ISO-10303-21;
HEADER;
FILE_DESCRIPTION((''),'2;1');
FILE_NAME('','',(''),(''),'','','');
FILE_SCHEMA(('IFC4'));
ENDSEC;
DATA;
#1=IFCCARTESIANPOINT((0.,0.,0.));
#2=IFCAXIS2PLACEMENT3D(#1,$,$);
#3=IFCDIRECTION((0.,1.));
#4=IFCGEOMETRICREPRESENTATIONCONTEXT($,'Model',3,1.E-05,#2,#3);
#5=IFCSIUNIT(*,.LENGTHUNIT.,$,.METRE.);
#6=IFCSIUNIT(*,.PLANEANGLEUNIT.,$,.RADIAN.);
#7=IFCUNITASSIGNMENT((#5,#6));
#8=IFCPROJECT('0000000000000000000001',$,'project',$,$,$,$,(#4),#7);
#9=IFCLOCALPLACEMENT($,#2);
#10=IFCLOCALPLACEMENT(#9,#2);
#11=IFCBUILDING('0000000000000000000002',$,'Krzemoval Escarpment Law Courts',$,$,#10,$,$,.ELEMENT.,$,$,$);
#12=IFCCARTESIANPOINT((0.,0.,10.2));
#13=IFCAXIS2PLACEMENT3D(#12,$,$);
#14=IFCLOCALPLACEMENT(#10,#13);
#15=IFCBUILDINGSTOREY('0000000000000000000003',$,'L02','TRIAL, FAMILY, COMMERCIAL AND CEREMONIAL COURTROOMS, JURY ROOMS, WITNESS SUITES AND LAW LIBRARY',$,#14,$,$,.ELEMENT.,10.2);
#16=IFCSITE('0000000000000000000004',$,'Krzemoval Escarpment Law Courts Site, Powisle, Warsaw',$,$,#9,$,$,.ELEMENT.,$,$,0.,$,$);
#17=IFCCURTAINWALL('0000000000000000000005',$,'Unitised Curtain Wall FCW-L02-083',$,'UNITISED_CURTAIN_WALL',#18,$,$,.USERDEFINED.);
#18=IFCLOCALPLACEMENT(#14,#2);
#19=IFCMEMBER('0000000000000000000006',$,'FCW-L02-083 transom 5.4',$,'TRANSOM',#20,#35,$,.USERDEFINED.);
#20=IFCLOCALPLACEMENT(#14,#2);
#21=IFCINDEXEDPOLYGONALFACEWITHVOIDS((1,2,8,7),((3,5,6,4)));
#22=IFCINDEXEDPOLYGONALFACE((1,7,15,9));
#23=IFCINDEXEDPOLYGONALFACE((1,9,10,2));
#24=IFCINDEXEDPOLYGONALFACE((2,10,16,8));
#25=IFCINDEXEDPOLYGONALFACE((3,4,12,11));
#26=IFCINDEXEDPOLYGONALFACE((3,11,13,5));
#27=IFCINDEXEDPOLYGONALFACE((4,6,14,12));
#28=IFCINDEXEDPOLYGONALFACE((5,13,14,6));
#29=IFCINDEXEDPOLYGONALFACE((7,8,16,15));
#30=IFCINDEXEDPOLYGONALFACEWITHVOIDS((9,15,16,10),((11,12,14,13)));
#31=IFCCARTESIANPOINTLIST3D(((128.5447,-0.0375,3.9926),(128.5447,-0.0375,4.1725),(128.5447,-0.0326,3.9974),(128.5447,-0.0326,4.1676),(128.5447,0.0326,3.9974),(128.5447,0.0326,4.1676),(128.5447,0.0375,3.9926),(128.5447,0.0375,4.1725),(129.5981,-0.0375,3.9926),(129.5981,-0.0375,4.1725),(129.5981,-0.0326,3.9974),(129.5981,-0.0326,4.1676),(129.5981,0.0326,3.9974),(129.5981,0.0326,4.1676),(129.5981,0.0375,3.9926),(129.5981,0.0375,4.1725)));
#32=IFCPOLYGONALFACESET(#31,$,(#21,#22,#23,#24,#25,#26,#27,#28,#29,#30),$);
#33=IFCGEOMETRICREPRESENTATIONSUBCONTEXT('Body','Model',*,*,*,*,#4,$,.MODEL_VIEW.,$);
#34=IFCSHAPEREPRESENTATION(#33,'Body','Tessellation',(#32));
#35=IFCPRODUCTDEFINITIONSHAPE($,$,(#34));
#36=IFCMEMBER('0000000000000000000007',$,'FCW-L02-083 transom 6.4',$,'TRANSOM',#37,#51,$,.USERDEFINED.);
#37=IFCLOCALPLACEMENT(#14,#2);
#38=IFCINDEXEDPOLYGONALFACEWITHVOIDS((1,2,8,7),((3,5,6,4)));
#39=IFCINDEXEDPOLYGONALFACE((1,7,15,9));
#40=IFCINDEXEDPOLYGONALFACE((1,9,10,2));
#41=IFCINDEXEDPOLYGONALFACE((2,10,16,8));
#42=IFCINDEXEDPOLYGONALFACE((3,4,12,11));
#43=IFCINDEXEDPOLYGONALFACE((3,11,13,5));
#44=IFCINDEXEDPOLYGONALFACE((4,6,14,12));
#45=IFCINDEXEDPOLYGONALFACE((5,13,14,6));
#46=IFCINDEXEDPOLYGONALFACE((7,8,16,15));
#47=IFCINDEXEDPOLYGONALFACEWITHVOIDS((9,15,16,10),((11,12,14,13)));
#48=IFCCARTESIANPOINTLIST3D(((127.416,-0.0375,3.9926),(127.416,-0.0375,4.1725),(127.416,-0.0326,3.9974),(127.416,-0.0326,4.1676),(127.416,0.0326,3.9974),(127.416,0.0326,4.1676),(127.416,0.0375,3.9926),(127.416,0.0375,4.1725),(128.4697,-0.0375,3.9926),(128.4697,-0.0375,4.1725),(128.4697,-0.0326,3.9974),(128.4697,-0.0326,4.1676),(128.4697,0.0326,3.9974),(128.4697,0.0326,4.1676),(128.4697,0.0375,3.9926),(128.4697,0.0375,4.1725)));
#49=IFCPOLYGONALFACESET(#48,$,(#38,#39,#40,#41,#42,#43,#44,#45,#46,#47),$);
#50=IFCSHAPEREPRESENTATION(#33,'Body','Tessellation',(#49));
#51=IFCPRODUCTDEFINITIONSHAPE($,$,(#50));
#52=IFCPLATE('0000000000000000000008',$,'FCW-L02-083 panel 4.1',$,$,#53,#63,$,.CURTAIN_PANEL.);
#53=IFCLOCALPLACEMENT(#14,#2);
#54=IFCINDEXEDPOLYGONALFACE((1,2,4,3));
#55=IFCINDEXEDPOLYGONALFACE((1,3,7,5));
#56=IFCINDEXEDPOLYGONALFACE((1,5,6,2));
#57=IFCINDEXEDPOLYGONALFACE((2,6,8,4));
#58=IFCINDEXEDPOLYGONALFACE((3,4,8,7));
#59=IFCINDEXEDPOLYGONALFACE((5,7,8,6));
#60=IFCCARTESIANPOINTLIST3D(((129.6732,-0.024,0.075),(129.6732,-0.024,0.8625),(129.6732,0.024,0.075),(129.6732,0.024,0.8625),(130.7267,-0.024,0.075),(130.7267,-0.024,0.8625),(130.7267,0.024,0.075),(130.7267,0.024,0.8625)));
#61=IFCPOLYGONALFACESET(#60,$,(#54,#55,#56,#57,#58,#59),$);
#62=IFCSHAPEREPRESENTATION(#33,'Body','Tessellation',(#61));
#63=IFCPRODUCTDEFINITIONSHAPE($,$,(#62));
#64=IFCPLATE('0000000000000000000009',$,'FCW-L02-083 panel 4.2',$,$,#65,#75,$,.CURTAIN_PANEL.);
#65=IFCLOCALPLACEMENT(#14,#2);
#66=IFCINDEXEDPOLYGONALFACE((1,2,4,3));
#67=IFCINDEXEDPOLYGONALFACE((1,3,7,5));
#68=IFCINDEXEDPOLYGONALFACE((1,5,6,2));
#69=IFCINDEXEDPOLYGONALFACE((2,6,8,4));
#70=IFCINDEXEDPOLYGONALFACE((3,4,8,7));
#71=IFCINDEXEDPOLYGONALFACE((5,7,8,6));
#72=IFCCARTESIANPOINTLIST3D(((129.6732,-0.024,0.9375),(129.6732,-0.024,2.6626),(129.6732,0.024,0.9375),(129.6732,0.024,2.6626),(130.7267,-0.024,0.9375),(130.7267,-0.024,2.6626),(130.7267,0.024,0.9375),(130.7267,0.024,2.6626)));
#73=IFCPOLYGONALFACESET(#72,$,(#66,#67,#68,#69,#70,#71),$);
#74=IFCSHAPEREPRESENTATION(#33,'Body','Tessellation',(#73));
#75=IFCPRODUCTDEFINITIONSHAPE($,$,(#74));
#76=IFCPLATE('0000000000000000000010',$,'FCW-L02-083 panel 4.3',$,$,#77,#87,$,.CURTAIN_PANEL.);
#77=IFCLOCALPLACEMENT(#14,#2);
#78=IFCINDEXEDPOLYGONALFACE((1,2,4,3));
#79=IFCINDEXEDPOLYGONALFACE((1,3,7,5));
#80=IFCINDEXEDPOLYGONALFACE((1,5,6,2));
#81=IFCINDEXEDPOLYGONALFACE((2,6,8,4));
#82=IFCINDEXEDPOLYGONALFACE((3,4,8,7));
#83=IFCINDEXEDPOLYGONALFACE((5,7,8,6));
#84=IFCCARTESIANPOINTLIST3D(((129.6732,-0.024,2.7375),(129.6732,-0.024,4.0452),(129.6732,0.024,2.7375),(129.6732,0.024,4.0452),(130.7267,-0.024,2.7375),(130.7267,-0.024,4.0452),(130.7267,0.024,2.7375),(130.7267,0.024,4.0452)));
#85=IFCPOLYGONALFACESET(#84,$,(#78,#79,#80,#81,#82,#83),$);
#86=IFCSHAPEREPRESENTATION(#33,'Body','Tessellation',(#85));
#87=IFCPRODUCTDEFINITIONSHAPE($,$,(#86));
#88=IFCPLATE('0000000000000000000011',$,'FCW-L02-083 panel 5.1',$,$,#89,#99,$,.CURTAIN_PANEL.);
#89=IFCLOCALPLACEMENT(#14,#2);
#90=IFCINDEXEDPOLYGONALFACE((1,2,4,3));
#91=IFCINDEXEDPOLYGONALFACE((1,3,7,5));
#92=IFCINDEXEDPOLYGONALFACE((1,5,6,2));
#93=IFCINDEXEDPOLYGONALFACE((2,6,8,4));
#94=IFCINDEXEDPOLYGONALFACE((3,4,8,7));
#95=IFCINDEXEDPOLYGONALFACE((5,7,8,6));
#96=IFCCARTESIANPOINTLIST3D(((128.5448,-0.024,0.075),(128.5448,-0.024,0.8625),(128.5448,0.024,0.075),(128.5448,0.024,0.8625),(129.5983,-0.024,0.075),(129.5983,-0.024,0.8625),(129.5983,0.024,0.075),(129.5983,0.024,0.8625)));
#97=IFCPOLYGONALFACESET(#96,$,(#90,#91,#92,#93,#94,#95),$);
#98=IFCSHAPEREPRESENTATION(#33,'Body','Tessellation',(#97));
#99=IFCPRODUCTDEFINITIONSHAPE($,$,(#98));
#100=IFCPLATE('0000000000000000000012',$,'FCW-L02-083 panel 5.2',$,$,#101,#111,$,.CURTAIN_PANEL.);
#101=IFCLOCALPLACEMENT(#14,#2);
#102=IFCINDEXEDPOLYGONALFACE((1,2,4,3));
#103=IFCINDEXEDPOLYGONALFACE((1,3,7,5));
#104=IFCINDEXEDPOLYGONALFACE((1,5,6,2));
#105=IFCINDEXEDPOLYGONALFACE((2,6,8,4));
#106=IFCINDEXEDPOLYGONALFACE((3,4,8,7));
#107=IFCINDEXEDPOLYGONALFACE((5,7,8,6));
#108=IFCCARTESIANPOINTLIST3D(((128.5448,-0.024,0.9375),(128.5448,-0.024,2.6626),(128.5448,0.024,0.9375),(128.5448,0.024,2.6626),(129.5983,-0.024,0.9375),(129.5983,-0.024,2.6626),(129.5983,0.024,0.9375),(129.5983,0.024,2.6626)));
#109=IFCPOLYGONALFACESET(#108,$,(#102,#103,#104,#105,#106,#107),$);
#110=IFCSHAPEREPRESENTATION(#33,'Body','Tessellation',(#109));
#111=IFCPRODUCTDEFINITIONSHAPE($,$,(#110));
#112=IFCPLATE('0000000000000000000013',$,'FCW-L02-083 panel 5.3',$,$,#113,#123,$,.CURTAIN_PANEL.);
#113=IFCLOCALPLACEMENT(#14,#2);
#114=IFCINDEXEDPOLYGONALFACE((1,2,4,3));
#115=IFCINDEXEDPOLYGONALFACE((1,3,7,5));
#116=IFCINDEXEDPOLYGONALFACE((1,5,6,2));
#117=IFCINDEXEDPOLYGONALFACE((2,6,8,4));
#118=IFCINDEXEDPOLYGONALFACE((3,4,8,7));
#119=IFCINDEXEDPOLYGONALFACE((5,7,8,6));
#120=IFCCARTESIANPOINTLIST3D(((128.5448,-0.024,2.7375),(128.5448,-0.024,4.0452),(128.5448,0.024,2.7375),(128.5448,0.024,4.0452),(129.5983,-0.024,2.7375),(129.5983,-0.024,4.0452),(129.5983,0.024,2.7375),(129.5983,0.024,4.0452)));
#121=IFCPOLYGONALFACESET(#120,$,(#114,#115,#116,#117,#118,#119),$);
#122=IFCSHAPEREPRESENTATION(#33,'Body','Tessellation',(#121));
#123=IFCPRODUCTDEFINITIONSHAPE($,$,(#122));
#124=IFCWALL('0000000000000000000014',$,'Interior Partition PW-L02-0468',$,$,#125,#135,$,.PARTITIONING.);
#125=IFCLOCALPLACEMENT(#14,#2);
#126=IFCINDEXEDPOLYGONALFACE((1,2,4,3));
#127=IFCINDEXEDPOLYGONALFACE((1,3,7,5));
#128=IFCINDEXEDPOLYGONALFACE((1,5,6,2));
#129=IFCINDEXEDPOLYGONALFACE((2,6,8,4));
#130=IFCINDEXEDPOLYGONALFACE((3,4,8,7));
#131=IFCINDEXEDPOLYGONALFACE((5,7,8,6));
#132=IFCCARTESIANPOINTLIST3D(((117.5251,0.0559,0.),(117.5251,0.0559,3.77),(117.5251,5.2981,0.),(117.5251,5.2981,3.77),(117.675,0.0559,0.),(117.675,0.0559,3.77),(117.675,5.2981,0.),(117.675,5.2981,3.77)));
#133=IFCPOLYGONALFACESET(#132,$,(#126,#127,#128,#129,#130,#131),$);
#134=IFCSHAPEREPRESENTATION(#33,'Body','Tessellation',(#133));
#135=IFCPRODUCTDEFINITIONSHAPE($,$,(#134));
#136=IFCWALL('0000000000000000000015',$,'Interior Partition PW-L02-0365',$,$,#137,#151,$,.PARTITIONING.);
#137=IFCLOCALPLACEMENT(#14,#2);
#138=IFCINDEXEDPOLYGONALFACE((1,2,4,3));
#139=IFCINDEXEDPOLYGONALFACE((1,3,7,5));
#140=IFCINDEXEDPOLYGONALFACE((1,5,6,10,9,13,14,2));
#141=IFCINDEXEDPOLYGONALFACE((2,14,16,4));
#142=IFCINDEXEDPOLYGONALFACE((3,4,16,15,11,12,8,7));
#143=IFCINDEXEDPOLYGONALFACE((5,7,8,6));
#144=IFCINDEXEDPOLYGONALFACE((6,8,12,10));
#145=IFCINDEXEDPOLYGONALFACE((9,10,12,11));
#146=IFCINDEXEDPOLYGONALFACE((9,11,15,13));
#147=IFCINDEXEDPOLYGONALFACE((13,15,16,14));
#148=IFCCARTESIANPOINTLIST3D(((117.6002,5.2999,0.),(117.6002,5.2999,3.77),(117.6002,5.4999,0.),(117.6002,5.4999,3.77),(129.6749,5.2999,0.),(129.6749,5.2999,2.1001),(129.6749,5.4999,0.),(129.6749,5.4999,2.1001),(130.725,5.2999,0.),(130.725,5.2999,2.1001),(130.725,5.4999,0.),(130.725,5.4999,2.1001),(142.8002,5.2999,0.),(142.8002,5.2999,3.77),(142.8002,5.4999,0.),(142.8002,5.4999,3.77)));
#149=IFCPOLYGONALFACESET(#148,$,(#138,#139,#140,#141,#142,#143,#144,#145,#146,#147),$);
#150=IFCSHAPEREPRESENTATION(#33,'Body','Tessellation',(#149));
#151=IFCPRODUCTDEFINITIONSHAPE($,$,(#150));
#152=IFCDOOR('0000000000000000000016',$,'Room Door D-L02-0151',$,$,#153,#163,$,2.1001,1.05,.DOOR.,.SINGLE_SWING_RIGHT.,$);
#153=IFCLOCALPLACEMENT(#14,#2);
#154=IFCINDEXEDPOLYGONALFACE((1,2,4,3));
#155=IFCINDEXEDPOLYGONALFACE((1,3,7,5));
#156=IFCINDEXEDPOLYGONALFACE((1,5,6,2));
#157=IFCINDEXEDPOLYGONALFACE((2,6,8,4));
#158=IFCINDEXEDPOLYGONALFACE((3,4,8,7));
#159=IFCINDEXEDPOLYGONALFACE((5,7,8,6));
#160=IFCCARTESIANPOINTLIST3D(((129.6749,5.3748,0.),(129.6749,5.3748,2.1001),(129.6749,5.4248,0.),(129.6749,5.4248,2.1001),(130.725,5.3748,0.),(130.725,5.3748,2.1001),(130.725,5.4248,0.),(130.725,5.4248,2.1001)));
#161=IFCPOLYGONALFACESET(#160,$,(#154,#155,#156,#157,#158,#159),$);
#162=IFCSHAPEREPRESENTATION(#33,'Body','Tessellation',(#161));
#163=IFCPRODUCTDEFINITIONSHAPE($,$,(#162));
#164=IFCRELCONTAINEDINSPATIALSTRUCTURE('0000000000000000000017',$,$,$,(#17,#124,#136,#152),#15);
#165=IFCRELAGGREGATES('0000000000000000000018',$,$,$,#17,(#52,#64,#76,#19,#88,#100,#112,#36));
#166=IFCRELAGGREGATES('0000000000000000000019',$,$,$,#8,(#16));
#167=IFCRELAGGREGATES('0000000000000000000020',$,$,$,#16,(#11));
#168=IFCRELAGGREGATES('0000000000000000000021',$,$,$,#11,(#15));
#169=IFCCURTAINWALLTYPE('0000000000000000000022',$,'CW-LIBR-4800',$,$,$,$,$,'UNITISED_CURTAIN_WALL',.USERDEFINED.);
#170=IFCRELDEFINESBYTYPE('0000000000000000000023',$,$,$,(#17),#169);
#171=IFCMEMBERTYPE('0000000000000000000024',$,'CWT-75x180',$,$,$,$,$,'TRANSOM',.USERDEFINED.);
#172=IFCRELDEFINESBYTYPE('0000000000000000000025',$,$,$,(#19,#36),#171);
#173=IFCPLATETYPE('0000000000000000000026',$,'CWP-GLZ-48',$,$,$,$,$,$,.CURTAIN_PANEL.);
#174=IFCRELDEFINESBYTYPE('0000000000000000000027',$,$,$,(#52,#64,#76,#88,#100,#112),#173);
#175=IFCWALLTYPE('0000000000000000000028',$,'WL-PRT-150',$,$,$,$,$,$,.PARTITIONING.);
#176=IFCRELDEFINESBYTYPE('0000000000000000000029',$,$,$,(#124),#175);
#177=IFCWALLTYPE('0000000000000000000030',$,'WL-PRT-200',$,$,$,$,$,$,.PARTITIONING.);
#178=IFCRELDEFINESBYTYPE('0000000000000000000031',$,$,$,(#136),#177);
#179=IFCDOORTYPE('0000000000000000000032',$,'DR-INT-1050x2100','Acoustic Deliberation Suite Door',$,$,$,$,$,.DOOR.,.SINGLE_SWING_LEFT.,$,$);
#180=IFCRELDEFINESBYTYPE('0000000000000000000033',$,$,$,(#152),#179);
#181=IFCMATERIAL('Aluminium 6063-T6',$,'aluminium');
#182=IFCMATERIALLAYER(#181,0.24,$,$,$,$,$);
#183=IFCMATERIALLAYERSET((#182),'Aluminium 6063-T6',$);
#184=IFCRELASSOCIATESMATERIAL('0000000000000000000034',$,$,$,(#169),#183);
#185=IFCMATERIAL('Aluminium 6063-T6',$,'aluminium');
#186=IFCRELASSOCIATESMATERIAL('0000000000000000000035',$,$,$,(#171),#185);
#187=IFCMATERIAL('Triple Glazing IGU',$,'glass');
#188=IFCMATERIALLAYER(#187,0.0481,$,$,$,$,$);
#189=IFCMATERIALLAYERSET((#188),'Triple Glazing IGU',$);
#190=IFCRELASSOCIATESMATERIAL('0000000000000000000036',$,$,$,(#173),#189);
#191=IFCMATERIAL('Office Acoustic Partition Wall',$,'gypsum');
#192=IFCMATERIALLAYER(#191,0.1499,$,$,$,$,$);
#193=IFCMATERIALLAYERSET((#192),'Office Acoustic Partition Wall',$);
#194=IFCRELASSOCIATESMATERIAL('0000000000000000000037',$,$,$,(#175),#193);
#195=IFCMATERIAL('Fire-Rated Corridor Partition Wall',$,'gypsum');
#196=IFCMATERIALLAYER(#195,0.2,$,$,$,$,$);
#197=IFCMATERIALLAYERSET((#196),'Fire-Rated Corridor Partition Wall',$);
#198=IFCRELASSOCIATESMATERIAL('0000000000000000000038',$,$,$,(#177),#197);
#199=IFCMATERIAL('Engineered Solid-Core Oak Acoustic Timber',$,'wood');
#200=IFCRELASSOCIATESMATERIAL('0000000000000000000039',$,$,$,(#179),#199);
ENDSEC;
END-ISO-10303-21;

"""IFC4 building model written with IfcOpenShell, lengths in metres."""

from ifc_helpers import new_model, si_unit, direction, frame, frame_2d, origin, origin_2d, place, context, subcontext, project, spatial, rectangle, hollow_rectangle, extrude, material, layer, layer_set, material_profile, profile_set, type_object, element, fill, aggregate, save


model = new_model("IFC4")

# Units and contexts
model_context = context("Model", 3, precision=1e-05, world=origin(), true_north=direction((0.0, 1.0)))
body_context = subcontext(model_context, "Body", "Model", "MODEL_VIEW")
ifc_project = project(units=[si_unit("LENGTHUNIT", "METRE"), si_unit("PLANEANGLEUNIT", "RADIAN")], contexts=[model_context])

# Site, building, storey
site_placement = place(None, origin())
site = spatial("IfcSite", under=ifc_project, at=site_placement, Name="Krzemoval Escarpment Law Courts Site, Powisle, Warsaw", CompositionType="ELEMENT", RefElevation=0.0)
building_placement = place(site_placement, origin())
building = spatial("IfcBuilding", under=site, at=building_placement, Name="Krzemoval Escarpment Law Courts", CompositionType="ELEMENT")
storey_placement = place(building_placement, frame((0.0, 0.0, 10.2)))
storey = spatial("IfcBuildingStorey", under=building, at=storey_placement, Name="L02", Description="TRIAL, FAMILY, COMMERCIAL AND CEREMONIAL COURTROOMS, JURY ROOMS, WITNESS SUITES AND LAW LIBRARY", CompositionType="ELEMENT", Elevation=10.2)

# Curtain wall, members, plates
ifc_material_1 = material(Name="Aluminium 6063-T6", Category="aluminium")
ifc_layer_1 = layer(ifc_material_1, 0.24)
ifc_layer_set_1 = layer_set([ifc_layer_1], Name="Aluminium 6063-T6")
curtain_wall_type = type_object("IfcCurtainWallType", Name="CW-LIBR-4800", ElementType="UNITISED_CURTAIN_WALL", PredefinedType="USERDEFINED", material=ifc_layer_set_1)
curtain_wall_placement = place(storey_placement, origin())
curtain_wall = element("IfcCurtainWall", 1, at=curtain_wall_placement, inside=storey, type_object=curtain_wall_type, Name="Unitised Curtain Wall FCW-L02-083", ObjectType="UNITISED_CURTAIN_WALL", PredefinedType="USERDEFINED")
ifc_material_2 = material(Name="Aluminium 6063-T6", Category="aluminium")
ifc_material_profile_1 = material_profile(ifc_material_2, hollow_rectangle(XDim=0.075, YDim=0.1799, WallThickness=0.0049, at=origin_2d()), Name="ALU T75x180")
ifc_profile_set_1 = profile_set([ifc_material_profile_1], Name="Aluminium 6063-T6")
member_type_1 = type_object("IfcMemberType", Name="CWT-75x180", ElementType="TRANSOM", PredefinedType="USERDEFINED", material=ifc_profile_set_1)
member_1_placement = place(storey_placement, frame((129.5981, 0.0, 4.0825), z_axis=(-1.0, 0.0, 0.0), x_axis=(0.0, -1.0, 0.0)))
member_1 = element("IfcMember", 2, at=member_1_placement, type_object=member_type_1, Name="FCW-L02-083 transom 5.4", ObjectType="TRANSOM", PredefinedType="USERDEFINED", context=body_context, shape_type="SweptSolid", body=[
    extrude(hollow_rectangle(XDim=0.075, YDim=0.1799, WallThickness=0.0049, at=origin_2d()), origin(), (0.0, 0.0, 1.0), 1.0535),
])
member_2_placement = place(storey_placement, frame((128.4697, 0.0, 4.0825), z_axis=(-1.0, 0.0, 0.0), x_axis=(0.0, -1.0, 0.0)))
member_2 = element("IfcMember", 3, at=member_2_placement, type_object=member_type_1, Name="FCW-L02-083 transom 6.4", ObjectType="TRANSOM", PredefinedType="USERDEFINED", context=body_context, shape_type="SweptSolid", body=[
    extrude(hollow_rectangle(XDim=0.075, YDim=0.1799, WallThickness=0.0049, at=origin_2d()), origin(), (0.0, 0.0, 1.0), 1.0537),
])
ifc_material_3 = material(Name="Triple Glazing IGU", Category="glass")
ifc_layer_2 = layer(ifc_material_3, 0.0481)
ifc_layer_set_2 = layer_set([ifc_layer_2], Name="Triple Glazing IGU")
plate_type = type_object("IfcPlateType", Name="CWP-GLZ-48", PredefinedType="CURTAIN_PANEL", material=ifc_layer_set_2)
plate_1_placement = place(storey_placement, frame((130.2, 0.0, 0.075), z_axis=(0.0, 0.0, 1.0), x_axis=(-1.0, 0.0, 0.0)))
plate_1 = element("IfcPlate", 4, at=plate_1_placement, type_object=plate_type, Name="FCW-L02-083 panel 4.1", PredefinedType="CURTAIN_PANEL", context=body_context, shape_type="SweptSolid", body=[
    extrude(rectangle(XDim=1.0535, YDim=0.0481, at=origin_2d()), origin(), (0.0, 0.0, 1.0), 0.7876),
])
plate_2_placement = place(storey_placement, frame((130.2, 0.0, 0.9375), z_axis=(0.0, 0.0, 1.0), x_axis=(-1.0, 0.0, 0.0)))
plate_2 = element("IfcPlate", 5, at=plate_2_placement, type_object=plate_type, Name="FCW-L02-083 panel 4.2", PredefinedType="CURTAIN_PANEL", context=body_context, shape_type="SweptSolid", body=[
    extrude(rectangle(XDim=1.0535, YDim=0.0481, at=origin_2d()), origin(), (0.0, 0.0, 1.0), 1.7251),
])
plate_3_placement = place(storey_placement, frame((130.2, 0.0, 2.7375), z_axis=(0.0, 0.0, 1.0), x_axis=(-1.0, 0.0, 0.0)))
plate_3 = element("IfcPlate", 6, at=plate_3_placement, type_object=plate_type, Name="FCW-L02-083 panel 4.3", PredefinedType="CURTAIN_PANEL", context=body_context, shape_type="SweptSolid", body=[
    extrude(rectangle(XDim=1.0535, YDim=0.0481, at=origin_2d()), origin(), (0.0, 0.0, 1.0), 1.3076),
])
plate_4_placement = place(storey_placement, frame((129.0715, 0.0, 0.075), z_axis=(0.0, 0.0, 1.0), x_axis=(-1.0, 0.0, 0.0)))
plate_4 = element("IfcPlate", 7, at=plate_4_placement, type_object=plate_type, Name="FCW-L02-083 panel 5.1", PredefinedType="CURTAIN_PANEL", context=body_context, shape_type="SweptSolid", body=[
    extrude(rectangle(XDim=1.0535, YDim=0.0481, at=origin_2d()), origin(), (0.0, 0.0, 1.0), 0.7876),
])
plate_5_placement = place(storey_placement, frame((129.0715, 0.0, 0.9375), z_axis=(0.0, 0.0, 1.0), x_axis=(-1.0, 0.0, 0.0)))
plate_5 = element("IfcPlate", 8, at=plate_5_placement, type_object=plate_type, Name="FCW-L02-083 panel 5.2", PredefinedType="CURTAIN_PANEL", context=body_context, shape_type="SweptSolid", body=[
    extrude(rectangle(XDim=1.0535, YDim=0.0481, at=origin_2d()), origin(), (0.0, 0.0, 1.0), 1.7251),
])
plate_6_placement = place(storey_placement, frame((129.0715, 0.0, 2.7375), z_axis=(0.0, 0.0, 1.0), x_axis=(-1.0, 0.0, 0.0)))
plate_6 = element("IfcPlate", 9, at=plate_6_placement, type_object=plate_type, Name="FCW-L02-083 panel 5.3", PredefinedType="CURTAIN_PANEL", context=body_context, shape_type="SweptSolid", body=[
    extrude(rectangle(XDim=1.0535, YDim=0.0481, at=origin_2d()), origin(), (0.0, 0.0, 1.0), 1.3076),
])
aggregate(curtain_wall, [plate_1, plate_2, plate_3, member_1, plate_4, plate_5, plate_6, member_2])

# Wall
ifc_material_4 = material(Name="Office Acoustic Partition Wall", Category="gypsum")
ifc_layer_3 = layer(ifc_material_4, 0.1499)
ifc_layer_set_3 = layer_set([ifc_layer_3], Name="Office Acoustic Partition Wall")
wall_type_1 = type_object("IfcWallType", Name="WL-PRT-150", PredefinedType="PARTITIONING", material=ifc_layer_set_3)
wall_1_placement = place(storey_placement, frame((117.6001, 0.0559, 0.0), z_axis=(0.0, 0.0, 1.0), x_axis=(0.0, 1.0, 0.0)))
element("IfcWall", 10, at=wall_1_placement, inside=storey, type_object=wall_type_1, Name="Interior Partition PW-L02-0468", PredefinedType="PARTITIONING", context=body_context, shape_type="SweptSolid", body=[
    extrude(rectangle(XDim=5.2422, YDim=0.1499, at=frame_2d((2.6211, 0.0))), origin(), (0.0, 0.0, 1.0), 3.77),
])

# Wall, opening, door
ifc_material_5 = material(Name="Fire-Rated Corridor Partition Wall", Category="gypsum")
ifc_layer_4 = layer(ifc_material_5, 0.2)
ifc_layer_set_4 = layer_set([ifc_layer_4], Name="Fire-Rated Corridor Partition Wall")
wall_type_2 = type_object("IfcWallType", Name="WL-PRT-200", PredefinedType="PARTITIONING", material=ifc_layer_set_4)
wall_2_placement = place(storey_placement, frame((117.6001, 5.3999, 0.0), z_axis=(0.0, 0.0, 1.0), x_axis=(1.0, 0.0, 0.0)))
wall_2 = element("IfcWall", 11, at=wall_2_placement, inside=storey, type_object=wall_type_2, Name="Interior Partition PW-L02-0365", PredefinedType="PARTITIONING", context=body_context, shape_type="SweptSolid", body=[
    extrude(rectangle(XDim=25.2, YDim=0.2, at=frame_2d((12.6001, 0.0))), origin(), (0.0, 0.0, 1.0), 3.77),
])
opening_placement = place(wall_2_placement, frame((12.075, 0.0, 0.0)))
opening = element("IfcOpeningElement", 12, at=opening_placement, cuts=wall_2, PredefinedType="OPENING", context=body_context, shape_type="SweptSolid", body=[
    extrude(rectangle(XDim=1.05, YDim=2.1001, at=frame_2d((0.5249, 1.05))), frame((0.0, 0.115, 0.0), z_axis=(0.0, -1.0, 0.0), x_axis=(1.0, 0.0, 0.0)), (0.0, 0.0, 1.0), 0.2299),
])
ifc_material_6 = material(Name="Engineered Solid-Core Oak Acoustic Timber", Category="wood")
door_type = type_object("IfcDoorType", Name="DR-INT-1050x2100", Description="Acoustic Deliberation Suite Door", OperationType="SINGLE_SWING_LEFT", PredefinedType="DOOR", material=ifc_material_6)
door_placement = place(opening_placement, origin())
door = element("IfcDoor", 13, at=door_placement, inside=storey, type_object=door_type, Name="Room Door D-L02-0151", OperationType="SINGLE_SWING_RIGHT", OverallHeight=2.1001, OverallWidth=1.05, PredefinedType="DOOR", context=body_context, shape_type="SweptSolid", body=[
    extrude(rectangle(XDim=1.05, YDim=2.1001, at=frame_2d((0.5249, 1.05))), frame((0.0, 0.0249, 0.0), z_axis=(0.0, -1.0, 0.0), x_axis=(1.0, 0.0, 0.0)), (0.0, 0.0, 1.0), 0.05),
])
fill(opening, door)

save(model, "model.ifc")
